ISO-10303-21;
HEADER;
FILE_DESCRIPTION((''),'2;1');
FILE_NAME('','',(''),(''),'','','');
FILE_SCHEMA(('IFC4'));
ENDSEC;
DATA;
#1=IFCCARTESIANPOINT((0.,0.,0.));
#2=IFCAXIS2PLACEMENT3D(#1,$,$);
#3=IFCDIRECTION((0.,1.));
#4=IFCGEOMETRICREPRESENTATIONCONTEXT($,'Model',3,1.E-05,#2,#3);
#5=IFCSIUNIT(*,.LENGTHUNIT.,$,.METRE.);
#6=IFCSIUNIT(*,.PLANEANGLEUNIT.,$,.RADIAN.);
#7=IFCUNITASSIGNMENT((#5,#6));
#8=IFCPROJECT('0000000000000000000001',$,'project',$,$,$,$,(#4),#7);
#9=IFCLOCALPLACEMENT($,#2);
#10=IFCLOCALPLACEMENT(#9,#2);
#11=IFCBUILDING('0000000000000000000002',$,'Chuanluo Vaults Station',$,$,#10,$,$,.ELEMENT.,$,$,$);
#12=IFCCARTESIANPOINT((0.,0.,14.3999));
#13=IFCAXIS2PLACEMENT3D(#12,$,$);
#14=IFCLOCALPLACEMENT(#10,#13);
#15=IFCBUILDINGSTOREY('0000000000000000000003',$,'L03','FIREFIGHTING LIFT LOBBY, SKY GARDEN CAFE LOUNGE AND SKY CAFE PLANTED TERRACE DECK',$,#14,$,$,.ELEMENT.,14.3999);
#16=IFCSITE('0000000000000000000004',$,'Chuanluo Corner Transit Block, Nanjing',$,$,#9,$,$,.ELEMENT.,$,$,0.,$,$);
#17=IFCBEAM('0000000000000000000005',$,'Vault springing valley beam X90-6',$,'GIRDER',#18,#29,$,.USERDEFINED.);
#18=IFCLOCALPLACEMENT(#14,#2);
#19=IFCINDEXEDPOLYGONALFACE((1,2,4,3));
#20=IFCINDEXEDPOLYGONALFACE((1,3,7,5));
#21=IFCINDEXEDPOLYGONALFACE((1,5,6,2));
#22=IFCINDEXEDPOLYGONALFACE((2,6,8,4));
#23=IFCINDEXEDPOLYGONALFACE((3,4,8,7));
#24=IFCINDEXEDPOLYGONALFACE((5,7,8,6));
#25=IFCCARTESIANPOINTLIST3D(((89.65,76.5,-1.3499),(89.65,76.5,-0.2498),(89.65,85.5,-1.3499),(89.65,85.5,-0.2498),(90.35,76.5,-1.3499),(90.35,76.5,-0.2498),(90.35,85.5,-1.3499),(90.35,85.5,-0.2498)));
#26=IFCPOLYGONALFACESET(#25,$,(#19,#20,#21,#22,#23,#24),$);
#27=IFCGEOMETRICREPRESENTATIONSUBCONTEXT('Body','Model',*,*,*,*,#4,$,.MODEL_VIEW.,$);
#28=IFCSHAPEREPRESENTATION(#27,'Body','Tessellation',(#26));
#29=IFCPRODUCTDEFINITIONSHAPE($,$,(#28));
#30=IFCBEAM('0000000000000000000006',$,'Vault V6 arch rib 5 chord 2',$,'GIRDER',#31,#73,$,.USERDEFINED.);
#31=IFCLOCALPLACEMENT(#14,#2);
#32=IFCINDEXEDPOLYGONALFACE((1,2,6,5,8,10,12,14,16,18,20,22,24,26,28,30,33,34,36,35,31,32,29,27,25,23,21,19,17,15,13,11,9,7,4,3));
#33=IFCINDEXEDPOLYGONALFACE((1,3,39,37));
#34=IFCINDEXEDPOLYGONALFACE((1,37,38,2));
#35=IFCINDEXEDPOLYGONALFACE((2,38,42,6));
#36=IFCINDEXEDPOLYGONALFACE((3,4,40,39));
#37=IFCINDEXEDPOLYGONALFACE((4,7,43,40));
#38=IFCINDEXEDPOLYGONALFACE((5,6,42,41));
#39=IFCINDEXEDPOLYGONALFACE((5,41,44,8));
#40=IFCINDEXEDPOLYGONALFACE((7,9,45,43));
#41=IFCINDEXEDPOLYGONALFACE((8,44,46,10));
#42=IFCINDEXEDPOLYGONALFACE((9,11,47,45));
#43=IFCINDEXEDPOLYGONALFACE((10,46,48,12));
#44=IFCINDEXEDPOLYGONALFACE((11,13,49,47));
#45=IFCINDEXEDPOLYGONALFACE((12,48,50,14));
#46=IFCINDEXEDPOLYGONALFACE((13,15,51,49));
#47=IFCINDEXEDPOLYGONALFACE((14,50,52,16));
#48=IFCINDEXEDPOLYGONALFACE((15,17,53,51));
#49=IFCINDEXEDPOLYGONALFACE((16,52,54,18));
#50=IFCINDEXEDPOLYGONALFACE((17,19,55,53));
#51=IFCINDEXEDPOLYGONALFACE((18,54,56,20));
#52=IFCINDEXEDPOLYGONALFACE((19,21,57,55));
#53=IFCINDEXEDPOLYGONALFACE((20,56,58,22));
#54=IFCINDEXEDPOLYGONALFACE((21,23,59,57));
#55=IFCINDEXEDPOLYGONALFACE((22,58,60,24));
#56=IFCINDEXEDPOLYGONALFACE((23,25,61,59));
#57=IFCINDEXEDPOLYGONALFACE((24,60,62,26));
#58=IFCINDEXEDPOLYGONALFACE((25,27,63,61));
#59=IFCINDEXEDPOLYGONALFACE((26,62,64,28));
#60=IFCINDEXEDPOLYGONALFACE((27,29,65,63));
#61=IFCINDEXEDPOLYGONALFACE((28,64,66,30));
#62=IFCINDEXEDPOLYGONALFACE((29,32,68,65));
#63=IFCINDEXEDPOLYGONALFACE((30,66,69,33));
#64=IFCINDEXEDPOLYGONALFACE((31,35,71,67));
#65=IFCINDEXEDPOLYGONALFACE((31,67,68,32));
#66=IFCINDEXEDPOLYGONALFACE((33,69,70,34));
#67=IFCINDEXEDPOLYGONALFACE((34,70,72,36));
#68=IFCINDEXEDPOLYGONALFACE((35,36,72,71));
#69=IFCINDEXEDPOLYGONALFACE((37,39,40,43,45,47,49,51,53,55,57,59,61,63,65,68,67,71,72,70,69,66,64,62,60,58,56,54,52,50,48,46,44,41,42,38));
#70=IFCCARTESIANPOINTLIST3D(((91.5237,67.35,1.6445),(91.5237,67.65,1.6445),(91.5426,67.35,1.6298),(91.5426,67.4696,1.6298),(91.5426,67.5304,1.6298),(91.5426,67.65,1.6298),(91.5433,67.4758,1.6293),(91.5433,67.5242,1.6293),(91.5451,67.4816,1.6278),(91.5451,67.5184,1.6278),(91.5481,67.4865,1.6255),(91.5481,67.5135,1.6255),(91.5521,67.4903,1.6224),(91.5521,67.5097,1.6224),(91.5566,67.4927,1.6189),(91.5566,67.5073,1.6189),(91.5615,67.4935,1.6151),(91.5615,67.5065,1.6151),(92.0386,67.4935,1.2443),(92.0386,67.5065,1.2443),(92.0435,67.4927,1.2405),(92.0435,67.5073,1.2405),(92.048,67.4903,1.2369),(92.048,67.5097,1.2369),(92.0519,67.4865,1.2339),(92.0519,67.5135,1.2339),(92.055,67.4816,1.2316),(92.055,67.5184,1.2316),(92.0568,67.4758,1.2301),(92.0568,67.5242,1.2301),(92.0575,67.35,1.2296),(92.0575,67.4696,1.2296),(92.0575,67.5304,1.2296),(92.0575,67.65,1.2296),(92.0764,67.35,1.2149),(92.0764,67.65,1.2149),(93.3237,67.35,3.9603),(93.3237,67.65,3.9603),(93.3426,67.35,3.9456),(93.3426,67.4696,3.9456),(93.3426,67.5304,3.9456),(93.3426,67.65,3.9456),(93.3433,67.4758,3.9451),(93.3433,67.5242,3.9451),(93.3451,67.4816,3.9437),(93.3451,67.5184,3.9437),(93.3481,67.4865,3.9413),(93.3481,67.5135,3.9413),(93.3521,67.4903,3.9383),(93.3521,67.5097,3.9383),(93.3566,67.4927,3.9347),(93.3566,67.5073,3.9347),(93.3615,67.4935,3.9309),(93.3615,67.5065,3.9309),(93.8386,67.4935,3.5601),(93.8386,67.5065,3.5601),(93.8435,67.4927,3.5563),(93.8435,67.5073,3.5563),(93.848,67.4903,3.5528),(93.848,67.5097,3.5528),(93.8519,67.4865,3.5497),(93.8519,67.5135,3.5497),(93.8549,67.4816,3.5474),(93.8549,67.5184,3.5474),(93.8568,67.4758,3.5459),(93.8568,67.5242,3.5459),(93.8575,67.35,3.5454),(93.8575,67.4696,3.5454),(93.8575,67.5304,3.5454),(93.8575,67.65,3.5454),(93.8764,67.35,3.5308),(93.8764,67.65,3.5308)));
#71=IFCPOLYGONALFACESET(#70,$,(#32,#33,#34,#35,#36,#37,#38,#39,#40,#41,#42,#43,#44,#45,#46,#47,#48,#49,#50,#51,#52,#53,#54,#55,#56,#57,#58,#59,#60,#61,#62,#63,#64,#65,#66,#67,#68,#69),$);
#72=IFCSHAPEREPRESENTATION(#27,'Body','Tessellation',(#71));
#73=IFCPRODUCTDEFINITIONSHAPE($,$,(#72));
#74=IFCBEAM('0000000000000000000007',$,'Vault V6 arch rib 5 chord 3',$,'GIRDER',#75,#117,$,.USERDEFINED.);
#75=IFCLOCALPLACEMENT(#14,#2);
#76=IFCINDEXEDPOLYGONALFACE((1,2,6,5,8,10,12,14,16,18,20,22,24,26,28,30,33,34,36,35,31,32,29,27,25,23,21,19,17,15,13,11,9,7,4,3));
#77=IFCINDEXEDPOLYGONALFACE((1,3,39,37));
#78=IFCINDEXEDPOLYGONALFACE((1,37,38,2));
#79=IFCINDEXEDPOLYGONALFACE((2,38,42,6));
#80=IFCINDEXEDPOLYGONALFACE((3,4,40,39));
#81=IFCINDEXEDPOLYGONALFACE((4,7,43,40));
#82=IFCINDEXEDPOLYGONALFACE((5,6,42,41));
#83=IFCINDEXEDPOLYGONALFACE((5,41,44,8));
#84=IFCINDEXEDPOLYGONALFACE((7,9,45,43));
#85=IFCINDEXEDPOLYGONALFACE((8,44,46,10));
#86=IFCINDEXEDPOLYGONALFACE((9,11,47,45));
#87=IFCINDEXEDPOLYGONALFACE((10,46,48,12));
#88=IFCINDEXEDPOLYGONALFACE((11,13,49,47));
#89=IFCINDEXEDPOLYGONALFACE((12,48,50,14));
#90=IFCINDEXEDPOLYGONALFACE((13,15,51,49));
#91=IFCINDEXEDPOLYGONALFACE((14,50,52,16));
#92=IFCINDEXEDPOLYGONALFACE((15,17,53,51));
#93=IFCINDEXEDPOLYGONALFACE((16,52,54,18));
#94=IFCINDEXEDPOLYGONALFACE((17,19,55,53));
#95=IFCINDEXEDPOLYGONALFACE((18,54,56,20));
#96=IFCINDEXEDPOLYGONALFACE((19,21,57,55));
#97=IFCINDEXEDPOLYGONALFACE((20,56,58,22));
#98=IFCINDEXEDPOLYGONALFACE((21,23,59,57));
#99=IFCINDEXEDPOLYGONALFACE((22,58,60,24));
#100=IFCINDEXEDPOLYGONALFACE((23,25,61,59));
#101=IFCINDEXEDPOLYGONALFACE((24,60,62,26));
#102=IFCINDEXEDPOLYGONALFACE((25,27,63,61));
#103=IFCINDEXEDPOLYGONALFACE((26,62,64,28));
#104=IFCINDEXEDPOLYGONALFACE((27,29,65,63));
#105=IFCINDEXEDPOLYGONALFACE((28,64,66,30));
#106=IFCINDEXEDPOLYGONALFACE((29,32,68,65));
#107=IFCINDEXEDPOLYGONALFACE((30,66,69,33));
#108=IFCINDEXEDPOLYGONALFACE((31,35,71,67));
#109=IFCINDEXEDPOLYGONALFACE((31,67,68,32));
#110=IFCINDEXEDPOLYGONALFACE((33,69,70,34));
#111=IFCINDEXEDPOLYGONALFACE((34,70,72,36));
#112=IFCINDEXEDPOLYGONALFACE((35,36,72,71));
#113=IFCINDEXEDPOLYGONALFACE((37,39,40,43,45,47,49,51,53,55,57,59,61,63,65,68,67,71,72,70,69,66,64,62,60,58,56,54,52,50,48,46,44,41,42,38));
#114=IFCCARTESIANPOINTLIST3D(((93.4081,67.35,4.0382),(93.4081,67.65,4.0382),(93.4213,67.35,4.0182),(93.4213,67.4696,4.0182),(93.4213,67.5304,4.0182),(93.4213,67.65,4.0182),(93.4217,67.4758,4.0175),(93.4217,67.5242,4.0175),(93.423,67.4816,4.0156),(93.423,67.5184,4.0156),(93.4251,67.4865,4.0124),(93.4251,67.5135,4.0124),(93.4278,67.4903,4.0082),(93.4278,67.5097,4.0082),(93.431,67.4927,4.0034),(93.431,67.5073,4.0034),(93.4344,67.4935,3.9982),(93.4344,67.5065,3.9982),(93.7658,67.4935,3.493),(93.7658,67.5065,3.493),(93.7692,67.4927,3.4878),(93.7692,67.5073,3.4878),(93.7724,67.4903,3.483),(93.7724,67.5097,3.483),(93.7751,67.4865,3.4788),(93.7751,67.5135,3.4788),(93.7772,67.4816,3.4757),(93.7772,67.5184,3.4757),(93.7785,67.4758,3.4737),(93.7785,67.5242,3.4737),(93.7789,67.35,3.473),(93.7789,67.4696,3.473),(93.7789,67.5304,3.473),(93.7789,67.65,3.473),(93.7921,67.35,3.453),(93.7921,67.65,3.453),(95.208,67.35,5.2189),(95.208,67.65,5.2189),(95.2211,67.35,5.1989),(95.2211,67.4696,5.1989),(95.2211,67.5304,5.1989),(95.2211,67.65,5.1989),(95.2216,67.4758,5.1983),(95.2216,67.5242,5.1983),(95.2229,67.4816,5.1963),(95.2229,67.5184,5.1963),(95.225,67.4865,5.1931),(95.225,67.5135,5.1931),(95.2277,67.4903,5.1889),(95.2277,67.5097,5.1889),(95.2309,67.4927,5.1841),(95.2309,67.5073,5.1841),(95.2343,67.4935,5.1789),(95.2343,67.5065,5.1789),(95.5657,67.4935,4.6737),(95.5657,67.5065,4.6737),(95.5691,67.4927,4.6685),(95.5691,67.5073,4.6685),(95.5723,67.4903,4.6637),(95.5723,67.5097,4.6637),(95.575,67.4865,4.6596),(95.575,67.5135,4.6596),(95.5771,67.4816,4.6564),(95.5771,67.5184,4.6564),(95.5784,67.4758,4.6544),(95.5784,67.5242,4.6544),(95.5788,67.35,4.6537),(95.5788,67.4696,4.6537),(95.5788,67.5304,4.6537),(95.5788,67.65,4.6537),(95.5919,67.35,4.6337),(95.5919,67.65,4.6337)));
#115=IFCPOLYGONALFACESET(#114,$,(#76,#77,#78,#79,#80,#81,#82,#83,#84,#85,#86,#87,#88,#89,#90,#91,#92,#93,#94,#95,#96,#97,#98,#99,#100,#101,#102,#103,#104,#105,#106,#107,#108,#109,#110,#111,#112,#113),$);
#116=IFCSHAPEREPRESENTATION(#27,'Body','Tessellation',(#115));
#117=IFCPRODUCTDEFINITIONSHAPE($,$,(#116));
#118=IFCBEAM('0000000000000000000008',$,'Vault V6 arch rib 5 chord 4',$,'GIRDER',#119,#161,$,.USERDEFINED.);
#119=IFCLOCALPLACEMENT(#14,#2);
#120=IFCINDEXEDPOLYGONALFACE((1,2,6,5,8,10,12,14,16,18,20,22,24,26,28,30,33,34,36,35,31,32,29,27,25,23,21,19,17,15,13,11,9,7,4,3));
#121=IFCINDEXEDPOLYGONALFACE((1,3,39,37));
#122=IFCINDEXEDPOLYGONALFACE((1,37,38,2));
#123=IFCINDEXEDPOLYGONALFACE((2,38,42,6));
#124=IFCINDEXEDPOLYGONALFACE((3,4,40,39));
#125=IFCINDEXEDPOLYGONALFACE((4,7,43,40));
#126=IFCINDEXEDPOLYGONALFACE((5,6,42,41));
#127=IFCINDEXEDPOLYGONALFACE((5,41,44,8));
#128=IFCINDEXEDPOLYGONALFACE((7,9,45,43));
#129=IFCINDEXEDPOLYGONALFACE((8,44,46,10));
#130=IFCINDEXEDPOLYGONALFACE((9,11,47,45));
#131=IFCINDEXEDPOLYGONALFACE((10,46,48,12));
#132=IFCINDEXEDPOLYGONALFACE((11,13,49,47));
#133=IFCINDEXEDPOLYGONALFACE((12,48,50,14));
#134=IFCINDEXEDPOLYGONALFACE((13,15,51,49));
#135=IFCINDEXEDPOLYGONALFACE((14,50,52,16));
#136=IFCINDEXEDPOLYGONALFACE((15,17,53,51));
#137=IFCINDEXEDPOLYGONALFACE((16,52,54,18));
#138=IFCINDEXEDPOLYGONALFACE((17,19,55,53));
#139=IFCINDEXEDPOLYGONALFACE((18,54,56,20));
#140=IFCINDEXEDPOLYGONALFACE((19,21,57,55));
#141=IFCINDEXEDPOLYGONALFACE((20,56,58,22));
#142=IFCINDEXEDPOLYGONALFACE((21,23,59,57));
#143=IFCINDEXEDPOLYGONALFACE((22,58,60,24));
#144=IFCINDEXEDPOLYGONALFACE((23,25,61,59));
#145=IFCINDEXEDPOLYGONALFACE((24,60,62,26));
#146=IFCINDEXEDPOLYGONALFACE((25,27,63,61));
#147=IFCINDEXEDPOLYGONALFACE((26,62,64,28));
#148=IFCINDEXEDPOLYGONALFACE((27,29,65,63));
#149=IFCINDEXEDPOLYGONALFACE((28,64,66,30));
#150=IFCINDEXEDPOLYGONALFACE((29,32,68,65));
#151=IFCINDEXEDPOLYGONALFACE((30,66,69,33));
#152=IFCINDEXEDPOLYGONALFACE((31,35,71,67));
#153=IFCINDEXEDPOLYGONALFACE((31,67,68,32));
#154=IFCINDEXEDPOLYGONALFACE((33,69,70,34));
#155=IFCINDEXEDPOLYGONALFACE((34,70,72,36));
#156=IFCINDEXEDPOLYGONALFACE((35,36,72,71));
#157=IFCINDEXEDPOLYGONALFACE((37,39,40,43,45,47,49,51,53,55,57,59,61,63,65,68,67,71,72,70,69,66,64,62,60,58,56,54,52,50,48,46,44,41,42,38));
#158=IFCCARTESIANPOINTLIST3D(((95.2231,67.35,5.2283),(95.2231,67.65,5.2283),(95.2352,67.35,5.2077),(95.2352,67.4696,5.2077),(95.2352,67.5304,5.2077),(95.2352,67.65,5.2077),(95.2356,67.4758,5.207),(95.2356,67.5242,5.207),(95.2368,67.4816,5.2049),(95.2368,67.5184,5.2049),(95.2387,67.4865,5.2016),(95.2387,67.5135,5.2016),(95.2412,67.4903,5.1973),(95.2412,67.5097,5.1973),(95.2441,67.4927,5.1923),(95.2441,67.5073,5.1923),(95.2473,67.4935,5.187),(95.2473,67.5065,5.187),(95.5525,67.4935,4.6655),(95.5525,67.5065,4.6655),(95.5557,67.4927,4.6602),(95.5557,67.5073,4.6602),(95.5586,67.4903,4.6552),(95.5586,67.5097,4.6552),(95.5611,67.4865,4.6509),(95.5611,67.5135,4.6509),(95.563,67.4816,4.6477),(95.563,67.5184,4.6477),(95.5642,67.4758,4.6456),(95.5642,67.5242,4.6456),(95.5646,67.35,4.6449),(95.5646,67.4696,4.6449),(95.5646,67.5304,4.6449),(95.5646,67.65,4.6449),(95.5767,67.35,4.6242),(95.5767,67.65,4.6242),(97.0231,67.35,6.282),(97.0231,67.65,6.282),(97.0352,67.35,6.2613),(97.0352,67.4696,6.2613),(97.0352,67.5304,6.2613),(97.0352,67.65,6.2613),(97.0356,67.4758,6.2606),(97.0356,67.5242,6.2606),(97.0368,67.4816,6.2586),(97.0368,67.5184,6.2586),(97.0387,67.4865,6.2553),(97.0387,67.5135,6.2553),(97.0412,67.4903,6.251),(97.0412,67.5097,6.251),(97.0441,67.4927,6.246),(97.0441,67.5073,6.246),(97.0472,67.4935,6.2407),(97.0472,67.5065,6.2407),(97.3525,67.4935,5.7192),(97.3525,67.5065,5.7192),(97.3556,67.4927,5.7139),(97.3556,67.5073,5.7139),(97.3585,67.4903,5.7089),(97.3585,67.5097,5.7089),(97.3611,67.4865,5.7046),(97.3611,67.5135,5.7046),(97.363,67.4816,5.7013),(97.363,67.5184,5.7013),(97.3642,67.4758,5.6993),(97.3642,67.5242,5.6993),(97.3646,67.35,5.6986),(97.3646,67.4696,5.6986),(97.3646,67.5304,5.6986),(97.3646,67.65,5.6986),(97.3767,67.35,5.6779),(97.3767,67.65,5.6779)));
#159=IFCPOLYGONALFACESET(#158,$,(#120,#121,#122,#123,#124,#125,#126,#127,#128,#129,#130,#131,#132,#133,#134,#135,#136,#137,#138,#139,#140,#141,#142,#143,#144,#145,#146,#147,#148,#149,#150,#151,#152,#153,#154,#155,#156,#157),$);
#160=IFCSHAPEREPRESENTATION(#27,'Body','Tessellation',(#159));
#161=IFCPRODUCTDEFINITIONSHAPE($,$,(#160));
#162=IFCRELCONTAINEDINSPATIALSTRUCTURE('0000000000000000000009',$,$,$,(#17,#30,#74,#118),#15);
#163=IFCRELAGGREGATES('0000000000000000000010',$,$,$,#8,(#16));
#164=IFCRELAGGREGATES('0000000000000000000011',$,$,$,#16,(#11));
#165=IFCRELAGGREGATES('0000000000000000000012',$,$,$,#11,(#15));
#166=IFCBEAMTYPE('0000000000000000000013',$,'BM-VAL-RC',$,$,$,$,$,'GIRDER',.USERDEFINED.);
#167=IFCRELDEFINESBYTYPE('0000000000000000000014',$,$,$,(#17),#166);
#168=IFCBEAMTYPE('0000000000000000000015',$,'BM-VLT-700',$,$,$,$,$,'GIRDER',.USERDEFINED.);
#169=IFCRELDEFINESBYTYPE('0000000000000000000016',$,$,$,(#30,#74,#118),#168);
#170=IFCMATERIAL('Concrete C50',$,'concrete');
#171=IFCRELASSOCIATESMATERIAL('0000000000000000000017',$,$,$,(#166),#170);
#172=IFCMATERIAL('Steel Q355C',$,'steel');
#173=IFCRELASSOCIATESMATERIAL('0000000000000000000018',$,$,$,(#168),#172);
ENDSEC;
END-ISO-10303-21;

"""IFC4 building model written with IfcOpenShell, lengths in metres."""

from ifc_helpers import new_model, si_unit, direction, frame, origin, origin_2d, place, context, subcontext, project, spatial, rectangle, i_section, extrude, material, material_profile, profile_set, type_object, element, save


model = new_model("IFC4")

# Units and contexts
model_context = context("Model", 3, precision=1e-05, world=origin(), true_north=direction((0.0, 1.0)))
body_context = subcontext(model_context, "Body", "Model", "MODEL_VIEW")
ifc_project = project(units=[si_unit("LENGTHUNIT", "METRE"), si_unit("PLANEANGLEUNIT", "RADIAN")], contexts=[model_context])

# Site, building, storey
site_placement = place(None, origin())
site = spatial("IfcSite", under=ifc_project, at=site_placement, Name="Chuanluo Corner Transit Block, Nanjing", CompositionType="ELEMENT", RefElevation=0.0)
building_placement = place(site_placement, origin())
building = spatial("IfcBuilding", under=site, at=building_placement, Name="Chuanluo Vaults Station", CompositionType="ELEMENT")
storey_placement = place(building_placement, frame((0.0, 0.0, 14.3999)))
storey = spatial("IfcBuildingStorey", under=building, at=storey_placement, Name="L03", Description="FIREFIGHTING LIFT LOBBY, SKY GARDEN CAFE LOUNGE AND SKY CAFE PLANTED TERRACE DECK", CompositionType="ELEMENT", Elevation=14.3999)

# Beams
ifc_material_1 = material(Name="Concrete C50", Category="concrete")
ifc_material_profile_1 = material_profile(ifc_material_1, rectangle(XDim=0.7, YDim=1.1001, at=origin_2d()))
ifc_profile_set_1 = profile_set([ifc_material_profile_1], Name="Concrete C50")
beam_type_1 = type_object("IfcBeamType", Name="BM-VAL-RC", ElementType="GIRDER", PredefinedType="USERDEFINED", material=ifc_profile_set_1)
beam_1_placement = place(storey_placement, frame((90.0, 76.5, -0.7998), z_axis=(0.0, 1.0, 0.0), x_axis=(-1.0, 0.0, 0.0)))
element("IfcBeam", 1, at=beam_1_placement, inside=storey, type_object=beam_type_1, Name="Vault springing valley beam X90-6", ObjectType="GIRDER", PredefinedType="USERDEFINED", context=body_context, shape_type="SweptSolid", body=[
    extrude(rectangle(XDim=0.7, YDim=1.1001, at=origin_2d()), origin(), (0.0, 0.0, 1.0), 9.0),
])
ifc_material_2 = material(Name="Steel Q355C", Category="steel")
ifc_material_profile_2 = material_profile(ifc_material_2, i_section(OverallWidth=0.3, OverallDepth=0.7, WebThickness=0.0129, FlangeThickness=0.0239, FilletRadius=0.0239, at=origin_2d()))
ifc_profile_set_2 = profile_set([ifc_material_profile_2], Name="Steel Q355C")
beam_type_2 = type_object("IfcBeamType", Name="BM-VLT-700", ElementType="GIRDER", PredefinedType="USERDEFINED", material=ifc_profile_set_2)
beam_2_placement = place(storey_placement, frame((91.8, 67.5, 1.4297), z_axis=(0.613681, 0.0, 0.789554), x_axis=(0.0, 1.0, 0.0)))
element("IfcBeam", 2, at=beam_2_placement, inside=storey, type_object=beam_type_2, Name="Vault V6 arch rib 5 chord 2", ObjectType="GIRDER", PredefinedType="USERDEFINED", context=body_context, shape_type="SweptSolid", body=[
    extrude(i_section(OverallWidth=0.3, OverallDepth=0.7, WebThickness=0.0129, FlangeThickness=0.0239, FilletRadius=0.0239, at=origin_2d()), origin(), (0.0, 0.0, 1.0), 2.9331),
])
beam_3_placement = place(storey_placement, frame((93.6001, 67.5, 3.7456), z_axis=(0.836145, 0.0, 0.548508), x_axis=(0.0, 1.0, 0.0)))
element("IfcBeam", 3, at=beam_3_placement, inside=storey, type_object=beam_type_2, Name="Vault V6 arch rib 5 chord 3", ObjectType="GIRDER", PredefinedType="USERDEFINED", context=body_context, shape_type="SweptSolid", body=[
    extrude(i_section(OverallWidth=0.3, OverallDepth=0.7, WebThickness=0.0129, FlangeThickness=0.0239, FilletRadius=0.0239, at=origin_2d()), origin(), (0.0, 0.0, 1.0), 2.1526),
])
beam_4_placement = place(storey_placement, frame((95.3999, 67.5, 4.9263), z_axis=(0.863009, 0.0, 0.505188), x_axis=(0.0, 1.0, 0.0)))
element("IfcBeam", 4, at=beam_4_placement, inside=storey, type_object=beam_type_2, Name="Vault V6 arch rib 5 chord 4", ObjectType="GIRDER", PredefinedType="USERDEFINED", context=body_context, shape_type="SweptSolid", body=[
    extrude(i_section(OverallWidth=0.3, OverallDepth=0.7, WebThickness=0.0129, FlangeThickness=0.0239, FilletRadius=0.0239, at=origin_2d()), origin(), (0.0, 0.0, 1.0), 2.0857),
])

save(model, "model.ifc")
